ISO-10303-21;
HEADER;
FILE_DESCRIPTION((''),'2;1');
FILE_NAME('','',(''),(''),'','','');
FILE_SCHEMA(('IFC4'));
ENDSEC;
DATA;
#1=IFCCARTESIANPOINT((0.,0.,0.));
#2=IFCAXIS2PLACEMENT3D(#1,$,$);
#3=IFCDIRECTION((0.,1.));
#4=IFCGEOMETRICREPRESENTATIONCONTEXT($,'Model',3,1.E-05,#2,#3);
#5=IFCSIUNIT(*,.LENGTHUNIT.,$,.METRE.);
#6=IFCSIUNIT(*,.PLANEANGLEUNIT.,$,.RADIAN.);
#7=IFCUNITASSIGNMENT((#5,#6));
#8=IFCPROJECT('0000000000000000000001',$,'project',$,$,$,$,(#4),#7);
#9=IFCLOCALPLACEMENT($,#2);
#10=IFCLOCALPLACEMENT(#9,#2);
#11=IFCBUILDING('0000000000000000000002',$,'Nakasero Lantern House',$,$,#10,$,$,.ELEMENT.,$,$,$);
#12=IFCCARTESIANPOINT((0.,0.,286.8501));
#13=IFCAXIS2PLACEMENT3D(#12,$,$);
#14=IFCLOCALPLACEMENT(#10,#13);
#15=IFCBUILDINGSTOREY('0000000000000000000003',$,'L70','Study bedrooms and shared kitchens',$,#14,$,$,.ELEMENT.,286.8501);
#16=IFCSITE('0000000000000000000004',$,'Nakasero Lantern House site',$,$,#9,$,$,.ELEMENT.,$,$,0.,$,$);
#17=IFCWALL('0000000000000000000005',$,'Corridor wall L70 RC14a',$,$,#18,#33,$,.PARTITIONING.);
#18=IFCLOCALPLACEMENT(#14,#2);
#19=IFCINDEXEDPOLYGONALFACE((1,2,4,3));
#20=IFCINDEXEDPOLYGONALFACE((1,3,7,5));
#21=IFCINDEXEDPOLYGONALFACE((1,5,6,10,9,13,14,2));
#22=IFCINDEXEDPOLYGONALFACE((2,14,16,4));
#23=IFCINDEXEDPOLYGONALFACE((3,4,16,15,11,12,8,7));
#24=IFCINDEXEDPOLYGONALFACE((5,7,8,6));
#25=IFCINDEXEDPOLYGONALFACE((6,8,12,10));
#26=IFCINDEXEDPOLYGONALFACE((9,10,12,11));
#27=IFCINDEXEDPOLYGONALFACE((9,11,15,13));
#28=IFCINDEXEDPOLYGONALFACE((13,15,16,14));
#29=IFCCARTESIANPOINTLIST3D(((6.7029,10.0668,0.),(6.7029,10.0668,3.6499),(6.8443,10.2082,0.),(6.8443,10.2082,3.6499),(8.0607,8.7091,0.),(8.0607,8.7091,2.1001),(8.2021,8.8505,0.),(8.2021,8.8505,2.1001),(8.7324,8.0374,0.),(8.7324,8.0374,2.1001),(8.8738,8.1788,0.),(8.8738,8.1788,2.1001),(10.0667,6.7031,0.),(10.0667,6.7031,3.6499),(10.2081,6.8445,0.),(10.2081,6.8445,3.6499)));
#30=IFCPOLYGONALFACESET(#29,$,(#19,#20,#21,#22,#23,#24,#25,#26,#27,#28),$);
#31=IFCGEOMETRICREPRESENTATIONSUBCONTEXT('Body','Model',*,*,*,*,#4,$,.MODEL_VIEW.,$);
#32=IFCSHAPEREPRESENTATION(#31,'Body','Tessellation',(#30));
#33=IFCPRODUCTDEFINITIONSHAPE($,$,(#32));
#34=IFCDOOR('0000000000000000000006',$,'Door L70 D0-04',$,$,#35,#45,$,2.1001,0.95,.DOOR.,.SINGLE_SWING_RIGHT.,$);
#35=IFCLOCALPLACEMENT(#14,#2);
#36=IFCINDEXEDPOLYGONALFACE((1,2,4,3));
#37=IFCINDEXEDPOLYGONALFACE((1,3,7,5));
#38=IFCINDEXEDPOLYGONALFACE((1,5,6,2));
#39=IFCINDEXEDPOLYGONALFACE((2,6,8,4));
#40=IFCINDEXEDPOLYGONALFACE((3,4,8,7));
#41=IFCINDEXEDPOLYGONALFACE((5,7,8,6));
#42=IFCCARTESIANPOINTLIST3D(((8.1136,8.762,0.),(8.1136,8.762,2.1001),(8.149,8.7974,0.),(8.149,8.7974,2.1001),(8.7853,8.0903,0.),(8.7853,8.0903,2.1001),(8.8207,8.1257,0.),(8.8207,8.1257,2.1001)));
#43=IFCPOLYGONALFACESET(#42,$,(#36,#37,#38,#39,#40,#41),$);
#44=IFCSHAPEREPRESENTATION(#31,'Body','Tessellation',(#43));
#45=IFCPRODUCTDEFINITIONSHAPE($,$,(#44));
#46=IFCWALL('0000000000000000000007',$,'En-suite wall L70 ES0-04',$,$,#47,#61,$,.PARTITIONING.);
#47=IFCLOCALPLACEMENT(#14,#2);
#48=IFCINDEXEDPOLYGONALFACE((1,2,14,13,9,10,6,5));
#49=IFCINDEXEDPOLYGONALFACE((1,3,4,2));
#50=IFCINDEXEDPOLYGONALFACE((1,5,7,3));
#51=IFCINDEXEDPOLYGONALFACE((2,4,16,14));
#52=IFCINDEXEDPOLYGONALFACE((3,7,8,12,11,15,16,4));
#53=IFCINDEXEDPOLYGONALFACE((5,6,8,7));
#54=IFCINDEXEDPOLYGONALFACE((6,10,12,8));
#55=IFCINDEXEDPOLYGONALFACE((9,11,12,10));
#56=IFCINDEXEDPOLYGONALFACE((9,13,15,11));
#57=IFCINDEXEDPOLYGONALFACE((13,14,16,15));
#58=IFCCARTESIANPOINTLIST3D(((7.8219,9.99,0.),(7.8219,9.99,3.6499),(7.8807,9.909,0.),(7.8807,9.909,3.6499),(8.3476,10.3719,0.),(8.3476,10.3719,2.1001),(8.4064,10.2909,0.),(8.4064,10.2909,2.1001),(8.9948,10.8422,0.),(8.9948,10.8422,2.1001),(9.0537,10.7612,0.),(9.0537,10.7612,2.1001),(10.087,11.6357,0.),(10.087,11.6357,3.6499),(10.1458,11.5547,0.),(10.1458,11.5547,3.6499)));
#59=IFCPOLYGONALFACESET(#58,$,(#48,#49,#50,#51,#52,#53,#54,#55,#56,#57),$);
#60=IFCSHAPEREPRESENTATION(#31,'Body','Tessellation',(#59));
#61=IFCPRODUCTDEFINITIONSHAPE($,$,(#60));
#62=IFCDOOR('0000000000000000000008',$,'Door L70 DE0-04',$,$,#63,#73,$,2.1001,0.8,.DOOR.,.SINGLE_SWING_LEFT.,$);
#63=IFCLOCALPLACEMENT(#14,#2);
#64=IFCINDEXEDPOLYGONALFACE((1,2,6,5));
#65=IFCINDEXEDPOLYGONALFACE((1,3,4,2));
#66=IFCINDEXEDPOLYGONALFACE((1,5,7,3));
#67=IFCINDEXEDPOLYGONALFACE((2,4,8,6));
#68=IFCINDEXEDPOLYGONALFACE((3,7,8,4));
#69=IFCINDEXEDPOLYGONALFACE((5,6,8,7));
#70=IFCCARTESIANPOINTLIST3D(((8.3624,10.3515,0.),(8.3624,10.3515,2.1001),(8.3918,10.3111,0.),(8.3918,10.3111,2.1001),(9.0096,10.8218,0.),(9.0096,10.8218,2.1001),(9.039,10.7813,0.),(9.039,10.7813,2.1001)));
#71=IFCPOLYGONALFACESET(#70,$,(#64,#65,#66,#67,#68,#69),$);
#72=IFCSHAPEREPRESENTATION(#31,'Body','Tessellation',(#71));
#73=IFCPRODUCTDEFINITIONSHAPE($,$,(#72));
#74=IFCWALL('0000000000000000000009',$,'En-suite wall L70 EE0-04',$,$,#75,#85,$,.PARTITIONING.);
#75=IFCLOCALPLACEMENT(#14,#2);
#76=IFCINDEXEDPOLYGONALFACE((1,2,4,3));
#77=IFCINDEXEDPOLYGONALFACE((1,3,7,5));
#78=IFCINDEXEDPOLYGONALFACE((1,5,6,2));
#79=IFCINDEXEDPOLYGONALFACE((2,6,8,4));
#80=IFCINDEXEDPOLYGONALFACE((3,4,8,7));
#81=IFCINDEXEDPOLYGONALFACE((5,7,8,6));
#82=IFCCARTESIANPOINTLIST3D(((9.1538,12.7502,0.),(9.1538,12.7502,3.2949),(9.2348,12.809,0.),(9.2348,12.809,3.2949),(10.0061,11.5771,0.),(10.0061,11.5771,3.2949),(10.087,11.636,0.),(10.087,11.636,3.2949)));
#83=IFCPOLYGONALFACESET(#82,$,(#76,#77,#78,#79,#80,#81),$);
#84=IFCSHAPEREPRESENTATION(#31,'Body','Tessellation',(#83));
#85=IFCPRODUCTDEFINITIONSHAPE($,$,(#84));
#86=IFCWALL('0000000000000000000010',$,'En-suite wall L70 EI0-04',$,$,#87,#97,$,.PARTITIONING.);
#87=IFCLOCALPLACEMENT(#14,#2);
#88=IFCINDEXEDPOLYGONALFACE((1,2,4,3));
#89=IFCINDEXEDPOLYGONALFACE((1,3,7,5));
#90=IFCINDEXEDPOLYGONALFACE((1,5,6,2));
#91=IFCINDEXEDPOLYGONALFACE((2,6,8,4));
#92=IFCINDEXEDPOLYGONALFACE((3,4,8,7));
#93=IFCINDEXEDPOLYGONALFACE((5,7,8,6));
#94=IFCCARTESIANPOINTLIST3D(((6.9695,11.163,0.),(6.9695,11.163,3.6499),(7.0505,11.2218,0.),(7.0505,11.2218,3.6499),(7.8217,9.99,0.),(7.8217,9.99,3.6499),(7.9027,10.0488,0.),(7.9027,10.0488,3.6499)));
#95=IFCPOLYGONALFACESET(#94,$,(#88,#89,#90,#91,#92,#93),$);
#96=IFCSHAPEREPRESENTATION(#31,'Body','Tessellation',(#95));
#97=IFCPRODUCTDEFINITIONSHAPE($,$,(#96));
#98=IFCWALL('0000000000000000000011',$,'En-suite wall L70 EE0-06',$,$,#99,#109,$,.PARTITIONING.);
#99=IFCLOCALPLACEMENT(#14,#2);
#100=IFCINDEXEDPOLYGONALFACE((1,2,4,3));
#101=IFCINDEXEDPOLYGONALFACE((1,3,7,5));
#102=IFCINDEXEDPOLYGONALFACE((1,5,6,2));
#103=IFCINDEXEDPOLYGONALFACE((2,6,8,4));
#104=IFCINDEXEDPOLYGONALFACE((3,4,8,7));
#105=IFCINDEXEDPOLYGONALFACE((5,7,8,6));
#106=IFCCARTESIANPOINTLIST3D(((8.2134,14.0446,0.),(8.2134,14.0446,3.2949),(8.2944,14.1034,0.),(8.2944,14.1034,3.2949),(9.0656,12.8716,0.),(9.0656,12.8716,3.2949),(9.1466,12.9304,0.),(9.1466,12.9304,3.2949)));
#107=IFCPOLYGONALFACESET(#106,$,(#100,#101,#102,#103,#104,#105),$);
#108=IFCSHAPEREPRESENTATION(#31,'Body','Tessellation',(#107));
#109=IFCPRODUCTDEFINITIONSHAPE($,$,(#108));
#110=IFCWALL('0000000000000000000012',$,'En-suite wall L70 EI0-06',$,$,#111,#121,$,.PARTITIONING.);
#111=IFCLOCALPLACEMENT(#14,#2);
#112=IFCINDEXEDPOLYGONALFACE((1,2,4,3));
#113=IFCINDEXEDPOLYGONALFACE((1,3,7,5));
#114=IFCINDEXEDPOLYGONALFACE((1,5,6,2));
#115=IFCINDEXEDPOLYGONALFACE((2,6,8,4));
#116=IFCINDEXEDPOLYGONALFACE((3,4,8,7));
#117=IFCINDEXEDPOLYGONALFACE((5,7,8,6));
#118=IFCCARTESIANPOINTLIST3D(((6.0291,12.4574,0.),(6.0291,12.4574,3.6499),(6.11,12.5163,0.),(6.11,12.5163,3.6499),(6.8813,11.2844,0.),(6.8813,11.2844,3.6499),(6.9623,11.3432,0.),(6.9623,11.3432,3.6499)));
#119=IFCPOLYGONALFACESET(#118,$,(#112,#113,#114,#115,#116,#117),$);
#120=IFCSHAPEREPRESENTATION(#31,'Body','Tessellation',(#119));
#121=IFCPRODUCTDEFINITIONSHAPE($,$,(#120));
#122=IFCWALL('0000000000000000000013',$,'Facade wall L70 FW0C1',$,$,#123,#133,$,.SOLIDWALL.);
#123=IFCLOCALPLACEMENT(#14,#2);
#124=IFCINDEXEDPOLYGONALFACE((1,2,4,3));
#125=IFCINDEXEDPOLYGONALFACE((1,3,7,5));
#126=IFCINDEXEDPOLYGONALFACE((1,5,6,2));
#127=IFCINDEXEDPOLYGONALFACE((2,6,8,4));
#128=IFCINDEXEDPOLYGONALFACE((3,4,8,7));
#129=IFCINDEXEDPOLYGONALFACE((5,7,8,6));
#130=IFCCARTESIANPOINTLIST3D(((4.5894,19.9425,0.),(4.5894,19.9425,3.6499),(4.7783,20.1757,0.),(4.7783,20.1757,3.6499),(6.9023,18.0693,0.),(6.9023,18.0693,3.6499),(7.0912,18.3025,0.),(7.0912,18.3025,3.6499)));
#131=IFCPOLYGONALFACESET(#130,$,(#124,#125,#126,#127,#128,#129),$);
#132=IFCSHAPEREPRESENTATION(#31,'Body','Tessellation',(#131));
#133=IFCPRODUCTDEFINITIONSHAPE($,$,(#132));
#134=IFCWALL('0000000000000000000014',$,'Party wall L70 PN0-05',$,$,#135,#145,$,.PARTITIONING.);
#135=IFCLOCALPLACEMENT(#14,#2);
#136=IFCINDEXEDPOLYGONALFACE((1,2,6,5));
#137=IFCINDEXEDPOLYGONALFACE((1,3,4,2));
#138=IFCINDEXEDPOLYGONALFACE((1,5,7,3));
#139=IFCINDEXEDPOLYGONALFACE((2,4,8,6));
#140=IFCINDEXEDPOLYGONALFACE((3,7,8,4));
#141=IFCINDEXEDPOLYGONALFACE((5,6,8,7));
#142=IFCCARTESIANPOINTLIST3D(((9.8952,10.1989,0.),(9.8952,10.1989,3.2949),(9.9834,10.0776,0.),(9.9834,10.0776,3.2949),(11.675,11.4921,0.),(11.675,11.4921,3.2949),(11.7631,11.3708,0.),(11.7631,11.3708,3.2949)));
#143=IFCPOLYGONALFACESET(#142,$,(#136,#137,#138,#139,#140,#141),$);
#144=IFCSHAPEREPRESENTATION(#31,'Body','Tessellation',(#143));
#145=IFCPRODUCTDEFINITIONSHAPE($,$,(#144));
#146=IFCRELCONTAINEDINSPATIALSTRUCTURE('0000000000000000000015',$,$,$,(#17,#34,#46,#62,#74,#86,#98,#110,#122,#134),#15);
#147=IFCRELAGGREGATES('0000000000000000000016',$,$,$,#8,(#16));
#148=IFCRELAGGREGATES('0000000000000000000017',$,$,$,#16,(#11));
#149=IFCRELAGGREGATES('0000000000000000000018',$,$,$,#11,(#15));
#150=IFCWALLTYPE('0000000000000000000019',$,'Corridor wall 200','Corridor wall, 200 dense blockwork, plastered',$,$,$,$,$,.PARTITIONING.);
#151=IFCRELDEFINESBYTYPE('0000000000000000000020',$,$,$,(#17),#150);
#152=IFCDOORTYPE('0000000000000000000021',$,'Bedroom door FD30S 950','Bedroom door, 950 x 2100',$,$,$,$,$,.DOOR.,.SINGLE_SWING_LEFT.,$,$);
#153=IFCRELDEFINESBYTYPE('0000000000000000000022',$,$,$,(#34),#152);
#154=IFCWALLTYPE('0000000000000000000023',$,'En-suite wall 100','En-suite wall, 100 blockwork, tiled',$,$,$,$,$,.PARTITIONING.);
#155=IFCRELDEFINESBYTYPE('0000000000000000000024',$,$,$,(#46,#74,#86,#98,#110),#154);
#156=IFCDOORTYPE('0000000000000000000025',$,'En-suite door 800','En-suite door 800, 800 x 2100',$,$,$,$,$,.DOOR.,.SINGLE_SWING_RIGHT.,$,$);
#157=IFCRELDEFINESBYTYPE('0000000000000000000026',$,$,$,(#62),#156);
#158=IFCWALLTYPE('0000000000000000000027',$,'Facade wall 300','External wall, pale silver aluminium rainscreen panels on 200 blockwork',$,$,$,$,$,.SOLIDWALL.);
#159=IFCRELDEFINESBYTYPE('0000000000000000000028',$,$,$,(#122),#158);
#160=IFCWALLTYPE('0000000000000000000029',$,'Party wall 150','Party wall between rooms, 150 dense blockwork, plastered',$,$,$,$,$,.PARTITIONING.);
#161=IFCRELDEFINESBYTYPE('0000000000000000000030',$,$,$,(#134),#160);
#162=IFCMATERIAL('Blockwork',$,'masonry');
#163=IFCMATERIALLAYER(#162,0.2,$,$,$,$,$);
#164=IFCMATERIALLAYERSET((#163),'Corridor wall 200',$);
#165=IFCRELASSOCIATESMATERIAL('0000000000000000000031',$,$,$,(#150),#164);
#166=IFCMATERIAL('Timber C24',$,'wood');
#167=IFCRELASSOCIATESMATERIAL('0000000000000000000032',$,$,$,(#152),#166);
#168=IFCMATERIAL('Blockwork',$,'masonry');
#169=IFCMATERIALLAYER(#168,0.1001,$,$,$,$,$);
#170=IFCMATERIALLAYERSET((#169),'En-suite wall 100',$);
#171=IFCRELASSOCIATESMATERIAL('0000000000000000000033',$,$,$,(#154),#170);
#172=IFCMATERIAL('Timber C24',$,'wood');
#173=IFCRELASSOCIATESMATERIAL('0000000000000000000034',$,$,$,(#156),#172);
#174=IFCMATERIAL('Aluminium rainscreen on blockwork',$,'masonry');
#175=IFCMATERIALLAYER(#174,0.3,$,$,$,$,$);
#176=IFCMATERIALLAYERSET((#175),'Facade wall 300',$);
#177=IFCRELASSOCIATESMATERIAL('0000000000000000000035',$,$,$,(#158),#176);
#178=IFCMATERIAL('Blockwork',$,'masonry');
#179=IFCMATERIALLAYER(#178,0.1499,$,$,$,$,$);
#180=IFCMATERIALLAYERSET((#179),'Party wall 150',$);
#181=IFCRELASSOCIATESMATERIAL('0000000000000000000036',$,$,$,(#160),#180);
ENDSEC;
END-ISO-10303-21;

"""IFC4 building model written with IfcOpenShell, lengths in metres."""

from ifc_helpers import new_model, si_unit, direction, frame, frame_2d, origin, place, context, subcontext, project, spatial, rectangle, extrude, material, layer, layer_set, type_object, element, fill, save


model = new_model("IFC4")

# Units and contexts
model_context = context("Model", 3, precision=1e-05, world=origin(), true_north=direction((0.0, 1.0)))
body_context = subcontext(model_context, "Body", "Model", "MODEL_VIEW")
ifc_project = project(units=[si_unit("LENGTHUNIT", "METRE"), si_unit("PLANEANGLEUNIT", "RADIAN")], contexts=[model_context])

# Site, building, storey
site_placement = place(None, origin())
site = spatial("IfcSite", under=ifc_project, at=site_placement, Name="Nakasero Lantern House site", CompositionType="ELEMENT", RefElevation=0.0)
building_placement = place(site_placement, origin())
building = spatial("IfcBuilding", under=site, at=building_placement, Name="Nakasero Lantern House", CompositionType="ELEMENT")
storey_placement = place(building_placement, frame((0.0, 0.0, 286.8501)))
storey = spatial("IfcBuildingStorey", under=building, at=storey_placement, Name="L70", Description="Study bedrooms and shared kitchens", CompositionType="ELEMENT", Elevation=286.8501)

# Walls, openings, doors
ifc_material_1 = material(Name="Blockwork", Category="masonry")
ifc_layer_1 = layer(ifc_material_1, 0.2)
ifc_layer_set_1 = layer_set([ifc_layer_1], Name="Corridor wall 200")
wall_type_1 = type_object("IfcWallType", Name="Corridor wall 200", Description="Corridor wall, 200 dense blockwork, plastered", PredefinedType="PARTITIONING", material=ifc_layer_set_1)
wall_1_placement = place(storey_placement, frame((6.7737, 10.1375, 0.0), z_axis=(0.0, 0.0, 1.0), x_axis=(0.707107, -0.707107, 0.0)))
wall_1 = element("IfcWall", 1, at=wall_1_placement, inside=storey, type_object=wall_type_1, Name="Corridor wall L70 RC14a", PredefinedType="PARTITIONING", context=body_context, shape_type="SweptSolid", body=[
    extrude(rectangle(XDim=4.7571, YDim=0.2, at=frame_2d((2.3784, 0.0))), origin(), (0.0, 0.0, 1.0), 3.6499),
])
opening_1_placement = place(wall_1_placement, frame((1.9199, 0.0, 0.0)))
opening_1 = element("IfcOpeningElement", 2, at=opening_1_placement, cuts=wall_1, PredefinedType="OPENING", context=body_context, shape_type="SweptSolid", body=[
    extrude(rectangle(XDim=0.95, YDim=2.1001, at=frame_2d((0.4751, 1.05))), frame((0.0, 0.1199, 0.0), z_axis=(0.0, -1.0, 0.0), x_axis=(1.0, 0.0, 0.0)), (0.0, 0.0, 1.0), 0.24),
])
ifc_material_2 = material(Name="Timber C24", Category="wood")
door_type_1 = type_object("IfcDoorType", Name="Bedroom door FD30S 950", Description="Bedroom door, 950 x 2100", OperationType="SINGLE_SWING_LEFT", PredefinedType="DOOR", material=ifc_material_2)
door_1_placement = place(opening_1_placement, origin())
door_1 = element("IfcDoor", 3, at=door_1_placement, inside=storey, type_object=door_type_1, Name="Door L70 D0-04", OperationType="SINGLE_SWING_RIGHT", OverallHeight=2.1001, OverallWidth=0.95, PredefinedType="DOOR", context=body_context, shape_type="SweptSolid", body=[
    extrude(rectangle(XDim=0.95, YDim=2.1001, at=frame_2d((0.4751, 1.05))), frame((0.0, 0.0249, 0.0), z_axis=(0.0, -1.0, 0.0), x_axis=(1.0, 0.0, 0.0)), (0.0, 0.0, 1.0), 0.05),
])
fill(opening_1, door_1)
ifc_material_3 = material(Name="Blockwork", Category="masonry")
ifc_layer_2 = layer(ifc_material_3, 0.1001)
ifc_layer_set_2 = layer_set([ifc_layer_2], Name="En-suite wall 100")
wall_type_2 = type_object("IfcWallType", Name="En-suite wall 100", Description="En-suite wall, 100 blockwork, tiled", PredefinedType="PARTITIONING", material=ifc_layer_set_2)
wall_2_placement = place(storey_placement, frame((7.8513, 9.9495, 0.0), z_axis=(0.0, 0.0, 1.0), x_axis=(0.809011, 0.587793, 0.0)))
wall_2 = element("IfcWall", 4, at=wall_2_placement, inside=storey, type_object=wall_type_2, Name="En-suite wall L70 ES0-04", PredefinedType="PARTITIONING", context=body_context, shape_type="SweptSolid", body=[
    extrude(rectangle(XDim=2.7998, YDim=0.1001, at=frame_2d((1.3999, 0.0))), origin(), (0.0, 0.0, 1.0), 3.6499),
])
opening_2_placement = place(wall_2_placement, frame((0.6499, 0.0, 0.0)))
opening_2 = element("IfcOpeningElement", 5, at=opening_2_placement, cuts=wall_2, PredefinedType="OPENING", context=body_context, shape_type="SweptSolid", body=[
    extrude(rectangle(XDim=0.8, YDim=2.1001, at=frame_2d((0.3999, 1.05))), frame((0.0, 0.0701, 0.0), z_axis=(0.0, -1.0, 0.0), x_axis=(1.0, 0.0, 0.0)), (0.0, 0.0, 1.0), 0.1401),
])
ifc_material_4 = material(Name="Timber C24", Category="wood")
door_type_2 = type_object("IfcDoorType", Name="En-suite door 800", Description="En-suite door 800, 800 x 2100", OperationType="SINGLE_SWING_RIGHT", PredefinedType="DOOR", material=ifc_material_4)
door_2_placement = place(opening_2_placement, origin())
door_2 = element("IfcDoor", 6, at=door_2_placement, inside=storey, type_object=door_type_2, Name="Door L70 DE0-04", OperationType="SINGLE_SWING_LEFT", OverallHeight=2.1001, OverallWidth=0.8, PredefinedType="DOOR", context=body_context, shape_type="SweptSolid", body=[
    extrude(rectangle(XDim=0.8, YDim=2.1001, at=frame_2d((0.3999, 1.05))), frame((0.0, 0.0249, 0.0), z_axis=(0.0, -1.0, 0.0), x_axis=(1.0, 0.0, 0.0)), (0.0, 0.0, 1.0), 0.05),
])
fill(opening_2, door_2)

# Walls
wall_3_placement = place(storey_placement, frame((10.0466, 11.6064, 0.0), z_axis=(0.0, 0.0, 1.0), x_axis=(-0.587781, 0.80902, 0.0)))
element("IfcWall", 7, at=wall_3_placement, inside=storey, type_object=wall_type_2, Name="En-suite wall L70 EE0-04", PredefinedType="PARTITIONING", context=body_context, shape_type="SweptSolid", body=[
    extrude(rectangle(XDim=1.45, YDim=0.1001, at=frame_2d((0.7251, 0.0))), origin(), (0.0, 0.0, 1.0), 3.2949),
])
wall_4_placement = place(storey_placement, frame((7.8623, 10.0193, 0.0), z_axis=(0.0, 0.0, 1.0), x_axis=(-0.587781, 0.80902, 0.0)))
element("IfcWall", 8, at=wall_4_placement, inside=storey, type_object=wall_type_2, Name="En-suite wall L70 EI0-04", PredefinedType="PARTITIONING", context=body_context, shape_type="SweptSolid", body=[
    extrude(rectangle(XDim=1.45, YDim=0.1001, at=frame_2d((0.7251, 0.0))), origin(), (0.0, 0.0, 1.0), 3.6499),
])
wall_5_placement = place(storey_placement, frame((9.1062, 12.9009, 0.0), z_axis=(0.0, 0.0, 1.0), x_axis=(-0.587781, 0.80902, 0.0)))
element("IfcWall", 9, at=wall_5_placement, inside=storey, type_object=wall_type_2, Name="En-suite wall L70 EE0-06", PredefinedType="PARTITIONING", context=body_context, shape_type="SweptSolid", body=[
    extrude(rectangle(XDim=1.45, YDim=0.1001, at=frame_2d((0.7251, 0.0))), origin(), (0.0, 0.0, 1.0), 3.2949),
])
wall_6_placement = place(storey_placement, frame((6.9219, 11.3137, 0.0), z_axis=(0.0, 0.0, 1.0), x_axis=(-0.587781, 0.80902, 0.0)))
element("IfcWall", 10, at=wall_6_placement, inside=storey, type_object=wall_type_2, Name="En-suite wall L70 EI0-06", PredefinedType="PARTITIONING", context=body_context, shape_type="SweptSolid", body=[
    extrude(rectangle(XDim=1.45, YDim=0.1001, at=frame_2d((0.7251, 0.0))), origin(), (0.0, 0.0, 1.0), 3.6499),
])
ifc_material_5 = material(Name="Aluminium rainscreen on blockwork", Category="masonry")
ifc_layer_3 = layer(ifc_material_5, 0.3)
ifc_layer_set_3 = layer_set([ifc_layer_3], Name="Facade wall 300")
wall_type_3 = type_object("IfcWallType", Name="Facade wall 300", Description="External wall, pale silver aluminium rainscreen panels on 200 blockwork", PredefinedType="SOLIDWALL", material=ifc_layer_set_3)
wall_7_placement = place(storey_placement, frame((6.9968, 18.1858, 0.0), z_axis=(0.0, 0.0, 1.0), x_axis=(-0.777102, 0.629375, 0.0)))
element("IfcWall", 11, at=wall_7_placement, inside=storey, type_object=wall_type_3, Name="Facade wall L70 FW0C1", PredefinedType="SOLIDWALL", context=body_context, shape_type="SweptSolid", body=[
    extrude(rectangle(XDim=2.9763, YDim=0.3, at=frame_2d((1.4883, 0.0))), origin(), (0.0, 0.0, 1.0), 3.6499),
])
ifc_material_6 = material(Name="Blockwork", Category="masonry")
ifc_layer_4 = layer(ifc_material_6, 0.1499)
ifc_layer_set_4 = layer_set([ifc_layer_4], Name="Party wall 150")
wall_type_4 = type_object("IfcWallType", Name="Party wall 150", Description="Party wall between rooms, 150 dense blockwork, plastered", PredefinedType="PARTITIONING", material=ifc_layer_set_4)
wall_8_placement = place(storey_placement, frame((9.9392, 10.1382, 0.0), z_axis=(0.0, 0.0, 1.0), x_axis=(0.80899, 0.587822, 0.0)))
element("IfcWall", 12, at=wall_8_placement, inside=storey, type_object=wall_type_4, Name="Party wall L70 PN0-05", PredefinedType="PARTITIONING", context=body_context, shape_type="SweptSolid", body=[
    extrude(rectangle(XDim=2.2, YDim=0.1499, at=frame_2d((1.1001, 0.0))), origin(), (0.0, 0.0, 1.0), 3.2949),
])

save(model, "model.ifc")
